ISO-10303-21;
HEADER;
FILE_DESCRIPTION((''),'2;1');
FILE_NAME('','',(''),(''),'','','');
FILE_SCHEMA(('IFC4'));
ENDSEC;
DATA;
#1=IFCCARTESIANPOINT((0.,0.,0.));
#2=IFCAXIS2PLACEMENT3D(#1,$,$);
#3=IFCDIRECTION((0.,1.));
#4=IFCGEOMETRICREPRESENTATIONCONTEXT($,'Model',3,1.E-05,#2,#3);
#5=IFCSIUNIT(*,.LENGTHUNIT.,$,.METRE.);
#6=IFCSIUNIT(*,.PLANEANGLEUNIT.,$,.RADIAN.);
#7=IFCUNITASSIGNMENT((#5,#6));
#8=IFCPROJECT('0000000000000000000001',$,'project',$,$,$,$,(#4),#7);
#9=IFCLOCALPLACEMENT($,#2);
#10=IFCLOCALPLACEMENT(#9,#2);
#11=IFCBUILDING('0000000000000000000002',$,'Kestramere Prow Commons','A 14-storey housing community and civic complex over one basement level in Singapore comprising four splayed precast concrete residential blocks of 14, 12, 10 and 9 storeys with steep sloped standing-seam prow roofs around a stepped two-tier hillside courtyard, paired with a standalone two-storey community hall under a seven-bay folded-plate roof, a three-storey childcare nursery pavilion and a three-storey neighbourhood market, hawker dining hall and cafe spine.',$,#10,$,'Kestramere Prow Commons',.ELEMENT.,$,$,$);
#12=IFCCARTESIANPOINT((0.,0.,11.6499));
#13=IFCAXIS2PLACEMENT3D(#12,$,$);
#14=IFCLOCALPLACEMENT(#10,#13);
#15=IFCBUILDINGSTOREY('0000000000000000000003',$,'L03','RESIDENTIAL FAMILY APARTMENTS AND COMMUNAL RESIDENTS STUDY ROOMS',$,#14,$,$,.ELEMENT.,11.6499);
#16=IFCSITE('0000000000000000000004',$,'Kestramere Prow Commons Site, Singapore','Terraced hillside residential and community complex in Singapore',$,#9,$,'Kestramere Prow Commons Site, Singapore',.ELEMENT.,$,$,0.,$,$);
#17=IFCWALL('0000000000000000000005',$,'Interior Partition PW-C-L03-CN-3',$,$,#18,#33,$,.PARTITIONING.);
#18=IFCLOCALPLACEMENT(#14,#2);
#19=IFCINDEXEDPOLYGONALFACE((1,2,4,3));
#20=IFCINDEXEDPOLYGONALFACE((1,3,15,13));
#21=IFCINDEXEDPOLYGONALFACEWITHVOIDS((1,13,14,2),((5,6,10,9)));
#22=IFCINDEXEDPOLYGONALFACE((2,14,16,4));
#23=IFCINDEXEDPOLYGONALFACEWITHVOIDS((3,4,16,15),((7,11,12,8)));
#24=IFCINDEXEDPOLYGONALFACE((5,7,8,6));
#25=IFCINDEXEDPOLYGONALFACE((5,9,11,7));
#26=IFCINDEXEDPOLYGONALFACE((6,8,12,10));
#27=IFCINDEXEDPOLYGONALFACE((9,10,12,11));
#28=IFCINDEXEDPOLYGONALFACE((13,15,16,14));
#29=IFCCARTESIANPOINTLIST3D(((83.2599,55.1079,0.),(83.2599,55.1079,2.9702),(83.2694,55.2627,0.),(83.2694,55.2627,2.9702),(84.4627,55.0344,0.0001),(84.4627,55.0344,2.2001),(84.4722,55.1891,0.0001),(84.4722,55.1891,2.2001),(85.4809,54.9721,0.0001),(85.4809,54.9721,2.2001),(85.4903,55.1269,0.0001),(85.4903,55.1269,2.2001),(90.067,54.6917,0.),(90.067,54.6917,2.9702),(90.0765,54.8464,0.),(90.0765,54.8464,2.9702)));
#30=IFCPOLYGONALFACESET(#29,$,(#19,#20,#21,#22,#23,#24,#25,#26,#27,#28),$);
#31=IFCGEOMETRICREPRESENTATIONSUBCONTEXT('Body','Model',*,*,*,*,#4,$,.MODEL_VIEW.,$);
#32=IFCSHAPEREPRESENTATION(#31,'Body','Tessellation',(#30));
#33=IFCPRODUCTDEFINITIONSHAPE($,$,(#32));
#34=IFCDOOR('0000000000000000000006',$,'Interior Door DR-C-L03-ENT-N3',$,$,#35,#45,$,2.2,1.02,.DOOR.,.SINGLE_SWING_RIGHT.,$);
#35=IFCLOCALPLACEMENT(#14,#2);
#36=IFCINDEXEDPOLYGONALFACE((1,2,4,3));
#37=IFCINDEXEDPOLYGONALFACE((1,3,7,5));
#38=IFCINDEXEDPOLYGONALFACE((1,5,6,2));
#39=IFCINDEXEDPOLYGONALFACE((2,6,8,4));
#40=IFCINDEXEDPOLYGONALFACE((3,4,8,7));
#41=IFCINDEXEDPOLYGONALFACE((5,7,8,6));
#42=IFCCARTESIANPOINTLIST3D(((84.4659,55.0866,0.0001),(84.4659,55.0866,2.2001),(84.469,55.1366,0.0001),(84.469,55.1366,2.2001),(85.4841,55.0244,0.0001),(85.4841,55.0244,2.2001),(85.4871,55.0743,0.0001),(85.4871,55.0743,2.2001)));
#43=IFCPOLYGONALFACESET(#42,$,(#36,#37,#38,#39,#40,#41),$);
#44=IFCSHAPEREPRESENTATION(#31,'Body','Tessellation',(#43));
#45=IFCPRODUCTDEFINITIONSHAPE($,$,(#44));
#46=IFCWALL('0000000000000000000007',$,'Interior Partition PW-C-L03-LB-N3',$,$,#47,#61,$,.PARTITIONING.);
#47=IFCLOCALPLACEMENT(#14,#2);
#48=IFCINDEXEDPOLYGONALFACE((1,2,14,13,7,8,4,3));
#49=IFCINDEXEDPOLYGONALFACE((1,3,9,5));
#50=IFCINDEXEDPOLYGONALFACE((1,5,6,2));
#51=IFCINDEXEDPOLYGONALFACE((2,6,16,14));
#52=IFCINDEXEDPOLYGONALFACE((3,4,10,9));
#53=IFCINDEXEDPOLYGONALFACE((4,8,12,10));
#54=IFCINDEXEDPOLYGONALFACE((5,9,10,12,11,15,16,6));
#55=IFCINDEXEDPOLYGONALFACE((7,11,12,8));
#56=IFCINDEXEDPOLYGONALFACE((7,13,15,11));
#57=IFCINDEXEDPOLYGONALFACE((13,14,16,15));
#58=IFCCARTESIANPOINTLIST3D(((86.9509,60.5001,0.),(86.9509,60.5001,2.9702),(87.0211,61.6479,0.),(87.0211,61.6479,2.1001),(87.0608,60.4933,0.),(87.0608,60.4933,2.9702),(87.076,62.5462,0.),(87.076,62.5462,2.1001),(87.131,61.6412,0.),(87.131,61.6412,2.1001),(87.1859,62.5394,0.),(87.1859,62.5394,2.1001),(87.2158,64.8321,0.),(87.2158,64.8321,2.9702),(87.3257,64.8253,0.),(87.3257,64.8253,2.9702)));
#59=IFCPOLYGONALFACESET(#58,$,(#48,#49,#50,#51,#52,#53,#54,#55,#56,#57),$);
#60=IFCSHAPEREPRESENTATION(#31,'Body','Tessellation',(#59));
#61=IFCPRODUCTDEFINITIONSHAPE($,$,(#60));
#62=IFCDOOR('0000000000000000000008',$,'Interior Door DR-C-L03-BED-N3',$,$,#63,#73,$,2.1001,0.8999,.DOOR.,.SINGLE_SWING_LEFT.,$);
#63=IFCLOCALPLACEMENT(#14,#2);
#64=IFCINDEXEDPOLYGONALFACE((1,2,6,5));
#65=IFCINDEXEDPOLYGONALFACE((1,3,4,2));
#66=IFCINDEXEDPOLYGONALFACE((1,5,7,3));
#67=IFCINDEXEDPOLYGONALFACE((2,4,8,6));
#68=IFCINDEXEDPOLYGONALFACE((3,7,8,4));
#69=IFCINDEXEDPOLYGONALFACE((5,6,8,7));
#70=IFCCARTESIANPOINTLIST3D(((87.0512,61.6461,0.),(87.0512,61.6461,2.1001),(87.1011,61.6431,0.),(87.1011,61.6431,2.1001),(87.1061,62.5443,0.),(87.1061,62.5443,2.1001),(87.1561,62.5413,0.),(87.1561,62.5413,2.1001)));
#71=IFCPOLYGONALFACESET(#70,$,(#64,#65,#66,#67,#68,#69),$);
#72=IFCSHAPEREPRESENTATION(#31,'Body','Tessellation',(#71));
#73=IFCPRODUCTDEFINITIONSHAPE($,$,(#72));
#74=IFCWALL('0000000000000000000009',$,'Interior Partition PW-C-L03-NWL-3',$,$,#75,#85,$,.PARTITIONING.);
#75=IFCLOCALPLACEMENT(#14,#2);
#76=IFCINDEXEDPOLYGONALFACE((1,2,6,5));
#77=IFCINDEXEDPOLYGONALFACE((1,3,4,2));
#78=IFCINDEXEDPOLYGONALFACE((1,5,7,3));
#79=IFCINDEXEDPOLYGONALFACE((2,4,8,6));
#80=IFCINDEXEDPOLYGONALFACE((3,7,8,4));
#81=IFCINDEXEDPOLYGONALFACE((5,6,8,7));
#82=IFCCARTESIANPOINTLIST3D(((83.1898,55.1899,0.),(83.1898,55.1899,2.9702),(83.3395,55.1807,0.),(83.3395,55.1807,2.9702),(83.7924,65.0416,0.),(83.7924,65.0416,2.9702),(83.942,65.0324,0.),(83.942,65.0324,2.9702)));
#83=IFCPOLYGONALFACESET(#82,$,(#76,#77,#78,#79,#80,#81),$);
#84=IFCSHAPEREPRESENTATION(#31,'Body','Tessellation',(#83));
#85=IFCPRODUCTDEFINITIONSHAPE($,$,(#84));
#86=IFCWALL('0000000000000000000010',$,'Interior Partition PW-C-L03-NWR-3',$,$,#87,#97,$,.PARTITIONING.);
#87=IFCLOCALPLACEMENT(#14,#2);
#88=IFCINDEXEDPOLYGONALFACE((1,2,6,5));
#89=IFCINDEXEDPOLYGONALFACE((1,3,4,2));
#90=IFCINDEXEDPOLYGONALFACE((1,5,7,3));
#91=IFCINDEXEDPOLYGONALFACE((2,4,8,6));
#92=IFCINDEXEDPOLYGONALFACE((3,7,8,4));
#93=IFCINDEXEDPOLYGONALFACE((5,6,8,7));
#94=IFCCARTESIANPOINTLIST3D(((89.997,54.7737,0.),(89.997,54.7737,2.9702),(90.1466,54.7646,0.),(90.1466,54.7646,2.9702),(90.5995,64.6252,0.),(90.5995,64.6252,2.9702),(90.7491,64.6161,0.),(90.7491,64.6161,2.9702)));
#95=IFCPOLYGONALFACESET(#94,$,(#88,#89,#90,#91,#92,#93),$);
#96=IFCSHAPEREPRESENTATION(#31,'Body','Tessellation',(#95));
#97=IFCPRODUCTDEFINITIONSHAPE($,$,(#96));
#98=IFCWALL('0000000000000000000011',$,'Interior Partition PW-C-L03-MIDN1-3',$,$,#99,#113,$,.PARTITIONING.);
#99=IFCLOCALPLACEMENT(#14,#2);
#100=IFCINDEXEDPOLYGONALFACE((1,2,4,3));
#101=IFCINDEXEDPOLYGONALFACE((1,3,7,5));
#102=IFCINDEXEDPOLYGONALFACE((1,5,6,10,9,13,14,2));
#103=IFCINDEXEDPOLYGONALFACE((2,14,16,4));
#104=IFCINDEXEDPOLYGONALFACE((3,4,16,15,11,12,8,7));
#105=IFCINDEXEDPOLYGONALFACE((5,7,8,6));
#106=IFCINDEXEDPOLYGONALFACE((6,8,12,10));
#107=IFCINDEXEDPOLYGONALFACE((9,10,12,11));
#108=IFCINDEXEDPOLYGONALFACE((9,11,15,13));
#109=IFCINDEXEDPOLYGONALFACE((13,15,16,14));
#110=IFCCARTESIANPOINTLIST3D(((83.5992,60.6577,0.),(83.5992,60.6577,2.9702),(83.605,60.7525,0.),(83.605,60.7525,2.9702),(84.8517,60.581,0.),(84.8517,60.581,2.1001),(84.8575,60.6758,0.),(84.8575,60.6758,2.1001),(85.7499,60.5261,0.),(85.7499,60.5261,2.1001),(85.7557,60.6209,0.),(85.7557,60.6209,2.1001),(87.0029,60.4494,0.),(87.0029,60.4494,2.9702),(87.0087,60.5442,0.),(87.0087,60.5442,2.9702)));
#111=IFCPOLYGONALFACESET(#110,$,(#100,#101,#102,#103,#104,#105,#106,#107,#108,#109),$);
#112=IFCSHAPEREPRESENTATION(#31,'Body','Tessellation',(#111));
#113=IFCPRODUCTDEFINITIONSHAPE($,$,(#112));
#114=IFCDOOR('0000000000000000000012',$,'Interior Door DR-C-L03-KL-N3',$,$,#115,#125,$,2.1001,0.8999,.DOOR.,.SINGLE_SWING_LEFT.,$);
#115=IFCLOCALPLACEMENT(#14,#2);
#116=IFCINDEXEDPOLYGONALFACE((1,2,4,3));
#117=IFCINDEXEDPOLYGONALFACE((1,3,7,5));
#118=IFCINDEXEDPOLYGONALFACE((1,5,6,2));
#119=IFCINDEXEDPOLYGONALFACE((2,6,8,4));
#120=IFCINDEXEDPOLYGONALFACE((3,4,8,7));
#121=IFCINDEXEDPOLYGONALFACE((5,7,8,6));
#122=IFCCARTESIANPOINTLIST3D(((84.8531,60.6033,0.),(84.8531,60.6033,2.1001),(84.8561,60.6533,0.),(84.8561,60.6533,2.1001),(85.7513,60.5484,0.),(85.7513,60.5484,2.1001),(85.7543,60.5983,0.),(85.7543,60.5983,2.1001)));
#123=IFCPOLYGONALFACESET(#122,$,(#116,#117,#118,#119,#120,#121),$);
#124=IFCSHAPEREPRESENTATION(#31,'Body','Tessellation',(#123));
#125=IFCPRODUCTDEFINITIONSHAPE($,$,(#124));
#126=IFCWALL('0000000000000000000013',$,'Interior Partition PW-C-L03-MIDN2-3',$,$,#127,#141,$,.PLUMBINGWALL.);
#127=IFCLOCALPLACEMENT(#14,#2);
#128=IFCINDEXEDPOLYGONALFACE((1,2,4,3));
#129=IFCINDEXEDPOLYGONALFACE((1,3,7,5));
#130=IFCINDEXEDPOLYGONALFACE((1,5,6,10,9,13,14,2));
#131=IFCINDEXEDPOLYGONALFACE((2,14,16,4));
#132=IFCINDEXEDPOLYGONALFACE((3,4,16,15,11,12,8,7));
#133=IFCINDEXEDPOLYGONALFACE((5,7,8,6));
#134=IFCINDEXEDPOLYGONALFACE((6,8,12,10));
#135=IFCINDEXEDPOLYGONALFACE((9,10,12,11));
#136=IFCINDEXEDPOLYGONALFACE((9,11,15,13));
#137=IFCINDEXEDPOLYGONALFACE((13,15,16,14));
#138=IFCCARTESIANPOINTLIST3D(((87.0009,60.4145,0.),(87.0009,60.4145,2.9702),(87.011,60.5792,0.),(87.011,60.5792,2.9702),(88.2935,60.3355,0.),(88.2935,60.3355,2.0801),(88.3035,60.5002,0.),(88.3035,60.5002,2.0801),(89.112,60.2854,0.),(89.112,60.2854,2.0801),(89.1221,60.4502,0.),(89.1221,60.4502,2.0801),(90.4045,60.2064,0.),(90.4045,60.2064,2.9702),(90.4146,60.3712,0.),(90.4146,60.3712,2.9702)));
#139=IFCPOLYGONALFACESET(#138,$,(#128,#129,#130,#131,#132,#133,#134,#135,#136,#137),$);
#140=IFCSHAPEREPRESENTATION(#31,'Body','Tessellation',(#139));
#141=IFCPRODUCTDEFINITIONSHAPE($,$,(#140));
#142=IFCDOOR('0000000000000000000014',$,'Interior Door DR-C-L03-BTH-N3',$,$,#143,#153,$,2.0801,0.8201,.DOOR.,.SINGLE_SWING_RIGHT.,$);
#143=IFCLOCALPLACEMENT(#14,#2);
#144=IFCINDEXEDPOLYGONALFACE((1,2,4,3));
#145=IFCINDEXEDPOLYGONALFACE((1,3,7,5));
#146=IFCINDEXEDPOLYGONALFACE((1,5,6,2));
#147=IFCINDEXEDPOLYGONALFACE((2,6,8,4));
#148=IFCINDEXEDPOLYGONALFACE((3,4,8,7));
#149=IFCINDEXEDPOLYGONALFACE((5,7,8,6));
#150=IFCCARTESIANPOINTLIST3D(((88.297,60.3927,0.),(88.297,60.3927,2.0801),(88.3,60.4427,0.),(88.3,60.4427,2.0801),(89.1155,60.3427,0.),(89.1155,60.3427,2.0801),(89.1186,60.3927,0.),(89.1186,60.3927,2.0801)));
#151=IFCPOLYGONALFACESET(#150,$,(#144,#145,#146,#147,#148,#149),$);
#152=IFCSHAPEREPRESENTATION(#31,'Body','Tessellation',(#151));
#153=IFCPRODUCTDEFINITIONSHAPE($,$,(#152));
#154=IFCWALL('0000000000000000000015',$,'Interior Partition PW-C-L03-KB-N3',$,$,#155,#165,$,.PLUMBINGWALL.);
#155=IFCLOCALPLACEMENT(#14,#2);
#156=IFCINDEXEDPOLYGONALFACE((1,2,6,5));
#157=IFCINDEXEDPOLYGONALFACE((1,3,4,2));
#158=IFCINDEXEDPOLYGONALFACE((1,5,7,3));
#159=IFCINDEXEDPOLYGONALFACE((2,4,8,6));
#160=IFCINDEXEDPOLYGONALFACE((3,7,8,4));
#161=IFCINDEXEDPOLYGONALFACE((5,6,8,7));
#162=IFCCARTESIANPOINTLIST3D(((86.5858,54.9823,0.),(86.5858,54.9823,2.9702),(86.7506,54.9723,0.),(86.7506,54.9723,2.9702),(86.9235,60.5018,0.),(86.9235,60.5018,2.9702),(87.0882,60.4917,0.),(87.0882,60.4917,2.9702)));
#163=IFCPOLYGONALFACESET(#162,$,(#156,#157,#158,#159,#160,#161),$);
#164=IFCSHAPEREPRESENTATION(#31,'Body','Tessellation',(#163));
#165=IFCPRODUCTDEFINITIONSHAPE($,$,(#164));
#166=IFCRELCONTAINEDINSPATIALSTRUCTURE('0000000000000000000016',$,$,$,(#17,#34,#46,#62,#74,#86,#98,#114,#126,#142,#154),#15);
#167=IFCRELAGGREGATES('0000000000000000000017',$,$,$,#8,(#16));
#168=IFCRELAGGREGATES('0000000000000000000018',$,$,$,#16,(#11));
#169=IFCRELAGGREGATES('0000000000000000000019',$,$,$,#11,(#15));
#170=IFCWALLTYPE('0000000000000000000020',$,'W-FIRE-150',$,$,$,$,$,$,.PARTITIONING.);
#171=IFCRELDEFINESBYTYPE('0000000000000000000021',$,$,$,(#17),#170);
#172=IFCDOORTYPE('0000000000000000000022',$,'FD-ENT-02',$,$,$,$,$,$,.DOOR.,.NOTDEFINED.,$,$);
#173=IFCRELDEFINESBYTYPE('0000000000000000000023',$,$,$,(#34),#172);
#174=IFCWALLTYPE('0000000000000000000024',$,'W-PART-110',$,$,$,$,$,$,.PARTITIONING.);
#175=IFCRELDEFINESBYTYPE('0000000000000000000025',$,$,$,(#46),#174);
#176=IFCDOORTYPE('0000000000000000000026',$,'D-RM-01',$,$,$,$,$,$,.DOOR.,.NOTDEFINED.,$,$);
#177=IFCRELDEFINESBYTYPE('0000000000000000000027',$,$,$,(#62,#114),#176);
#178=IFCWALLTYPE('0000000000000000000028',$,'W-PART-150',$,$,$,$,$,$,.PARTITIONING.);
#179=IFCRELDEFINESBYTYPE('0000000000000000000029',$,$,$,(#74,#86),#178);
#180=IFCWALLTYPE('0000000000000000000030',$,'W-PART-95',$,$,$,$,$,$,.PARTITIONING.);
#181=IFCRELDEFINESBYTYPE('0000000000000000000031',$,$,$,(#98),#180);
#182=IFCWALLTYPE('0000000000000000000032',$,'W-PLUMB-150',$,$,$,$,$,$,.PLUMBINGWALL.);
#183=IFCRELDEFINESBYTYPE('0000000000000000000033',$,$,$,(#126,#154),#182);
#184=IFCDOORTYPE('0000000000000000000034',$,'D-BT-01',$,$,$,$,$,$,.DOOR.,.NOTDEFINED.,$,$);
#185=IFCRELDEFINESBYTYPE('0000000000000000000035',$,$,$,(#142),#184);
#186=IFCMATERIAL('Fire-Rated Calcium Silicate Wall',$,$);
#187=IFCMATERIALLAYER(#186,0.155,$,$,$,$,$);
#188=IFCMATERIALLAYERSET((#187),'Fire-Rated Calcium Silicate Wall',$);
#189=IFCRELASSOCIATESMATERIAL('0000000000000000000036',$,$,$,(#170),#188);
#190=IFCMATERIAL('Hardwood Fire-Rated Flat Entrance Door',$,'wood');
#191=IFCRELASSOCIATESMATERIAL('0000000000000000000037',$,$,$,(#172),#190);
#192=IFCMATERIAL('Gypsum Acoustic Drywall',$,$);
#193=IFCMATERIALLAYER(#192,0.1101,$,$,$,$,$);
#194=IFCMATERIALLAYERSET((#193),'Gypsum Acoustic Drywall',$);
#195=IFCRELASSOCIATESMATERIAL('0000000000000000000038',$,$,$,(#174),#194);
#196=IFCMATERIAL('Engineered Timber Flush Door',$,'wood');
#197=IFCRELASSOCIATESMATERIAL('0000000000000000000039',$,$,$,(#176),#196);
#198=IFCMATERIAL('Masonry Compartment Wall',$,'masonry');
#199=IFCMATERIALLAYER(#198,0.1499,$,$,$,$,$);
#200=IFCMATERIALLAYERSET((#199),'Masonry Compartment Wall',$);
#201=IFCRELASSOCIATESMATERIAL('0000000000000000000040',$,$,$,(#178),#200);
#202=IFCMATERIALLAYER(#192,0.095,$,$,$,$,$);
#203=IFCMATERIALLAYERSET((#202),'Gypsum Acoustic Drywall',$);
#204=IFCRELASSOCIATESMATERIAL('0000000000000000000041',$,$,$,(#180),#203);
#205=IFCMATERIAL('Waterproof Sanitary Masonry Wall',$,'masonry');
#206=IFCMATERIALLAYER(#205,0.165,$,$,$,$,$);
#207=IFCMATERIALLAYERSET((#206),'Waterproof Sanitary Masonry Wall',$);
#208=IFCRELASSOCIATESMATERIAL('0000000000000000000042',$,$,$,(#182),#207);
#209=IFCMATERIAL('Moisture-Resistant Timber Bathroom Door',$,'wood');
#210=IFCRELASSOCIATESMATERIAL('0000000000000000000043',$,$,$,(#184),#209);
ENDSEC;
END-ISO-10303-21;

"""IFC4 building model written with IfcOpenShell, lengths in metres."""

from ifc_helpers import new_model, si_unit, direction, frame, frame_2d, origin, place, context, subcontext, project, spatial, rectangle, extrude, material, layer, layer_set, type_object, element, fill, save


model = new_model("IFC4")

# Units and contexts
model_context = context("Model", 3, precision=1e-05, world=origin(), true_north=direction((0.0, 1.0)))
body_context = subcontext(model_context, "Body", "Model", "MODEL_VIEW")
ifc_project = project(units=[si_unit("LENGTHUNIT", "METRE"), si_unit("PLANEANGLEUNIT", "RADIAN")], contexts=[model_context])

# Site, building, storey
site_placement = place(None, origin())
site = spatial("IfcSite", under=ifc_project, at=site_placement, Name="Kestramere Prow Commons Site, Singapore", Description="Terraced hillside residential and community complex in Singapore", LongName="Kestramere Prow Commons Site, Singapore", CompositionType="ELEMENT", RefElevation=0.0)
building_placement = place(site_placement, origin())
building = spatial("IfcBuilding", under=site, at=building_placement, Name="Kestramere Prow Commons", Description="A 14-storey housing community and civic complex over one basement level in Singapore comprising four splayed precast concrete residential blocks of 14, 12, 10 and 9 storeys with steep sloped standing-seam prow roofs around a stepped two-tier hillside courtyard, paired with a standalone two-storey community hall under a seven-bay folded-plate roof, a three-storey childcare nursery pavilion and a three-storey neighbourhood market, hawker dining hall and cafe spine.", LongName="Kestramere Prow Commons", CompositionType="ELEMENT")
storey_placement = place(building_placement, frame((0.0, 0.0, 11.6499)))
storey = spatial("IfcBuildingStorey", under=building, at=storey_placement, Name="L03", Description="RESIDENTIAL FAMILY APARTMENTS AND COMMUNAL RESIDENTS STUDY ROOMS", CompositionType="ELEMENT", Elevation=11.6499)

# Walls, openings, doors
ifc_material_1 = material(Name="Fire-Rated Calcium Silicate Wall")
ifc_layer_1 = layer(ifc_material_1, 0.155)
ifc_layer_set_1 = layer_set([ifc_layer_1], Name="Fire-Rated Calcium Silicate Wall")
wall_type_1 = type_object("IfcWallType", Name="W-FIRE-150", PredefinedType="PARTITIONING", material=ifc_layer_set_1)
wall_1_placement = place(storey_placement, frame((83.2646, 55.1853, 0.0), z_axis=(0.0, 0.0, 1.0), x_axis=(0.998136, -0.061037, 0.0)))
wall_1 = element("IfcWall", 1, at=wall_1_placement, inside=storey, type_object=wall_type_1, Name="Interior Partition PW-C-L03-CN-3", PredefinedType="PARTITIONING", context=body_context, shape_type="SweptSolid", body=[
    extrude(rectangle(XDim=6.8198, YDim=0.155, at=frame_2d((3.4099, 0.0))), origin(), (0.0, 0.0, 1.0), 2.9702),
])
opening_1_placement = place(wall_1_placement, frame((1.2051, 0.0, 0.0)))
opening_1 = element("IfcOpeningElement", 2, at=opening_1_placement, cuts=wall_1, PredefinedType="OPENING", context=body_context, shape_type="SweptSolid", body=[
    extrude(rectangle(XDim=1.02, YDim=2.2, at=frame_2d((0.51, 1.1001))), frame((0.0, 0.0925, 0.0), z_axis=(0.0, -1.0, 0.0), x_axis=(1.0, 0.0, 0.0)), (0.0, 0.0, 1.0), 0.1851),
])
ifc_material_2 = material(Name="Hardwood Fire-Rated Flat Entrance Door", Category="wood")
door_type_1 = type_object("IfcDoorType", Name="FD-ENT-02", OperationType="NOTDEFINED", PredefinedType="DOOR", material=ifc_material_2)
door_1_placement = place(opening_1_placement, origin())
door_1 = element("IfcDoor", 3, at=door_1_placement, inside=storey, type_object=door_type_1, Name="Interior Door DR-C-L03-ENT-N3", OperationType="SINGLE_SWING_RIGHT", OverallHeight=2.2, OverallWidth=1.02, PredefinedType="DOOR", context=body_context, shape_type="SweptSolid", body=[
    extrude(rectangle(XDim=1.02, YDim=2.2, at=frame_2d((0.51, 1.1001))), frame((0.0, 0.0249, 0.0), z_axis=(0.0, -1.0, 0.0), x_axis=(1.0, 0.0, 0.0)), (0.0, 0.0, 1.0), 0.05),
])
fill(opening_1, door_1)
ifc_material_3 = material(Name="Gypsum Acoustic Drywall")
ifc_layer_2 = layer(ifc_material_3, 0.1101)
ifc_layer_set_2 = layer_set([ifc_layer_2], Name="Gypsum Acoustic Drywall")
wall_type_2 = type_object("IfcWallType", Name="W-PART-110", PredefinedType="PARTITIONING", material=ifc_layer_set_2)
wall_2_placement = place(storey_placement, frame((87.0059, 60.4968, 0.0), z_axis=(0.0, 0.0, 1.0), x_axis=(0.061033, 0.998136, 0.0)))
wall_2 = element("IfcWall", 4, at=wall_2_placement, inside=storey, type_object=wall_type_2, Name="Interior Partition PW-C-L03-LB-N3", PredefinedType="PARTITIONING", context=body_context, shape_type="SweptSolid", body=[
    extrude(rectangle(XDim=4.3401, YDim=0.1101, at=frame_2d((2.1699, 0.0))), origin(), (0.0, 0.0, 1.0), 2.9702),
])
opening_2_placement = place(wall_2_placement, frame((1.1499, 0.0, 0.0)))
opening_2 = element("IfcOpeningElement", 5, at=opening_2_placement, cuts=wall_2, PredefinedType="OPENING", context=body_context, shape_type="SweptSolid", body=[
    extrude(rectangle(XDim=0.8999, YDim=2.1001, at=frame_2d((0.45, 1.05))), frame((0.0, 0.0701, 0.0), z_axis=(0.0, -1.0, 0.0), x_axis=(1.0, 0.0, 0.0)), (0.0, 0.0, 1.0), 0.1401),
])
ifc_material_4 = material(Name="Engineered Timber Flush Door", Category="wood")
door_type_2 = type_object("IfcDoorType", Name="D-RM-01", OperationType="NOTDEFINED", PredefinedType="DOOR", material=ifc_material_4)
door_2_placement = place(opening_2_placement, origin())
door_2 = element("IfcDoor", 6, at=door_2_placement, inside=storey, type_object=door_type_2, Name="Interior Door DR-C-L03-BED-N3", OperationType="SINGLE_SWING_LEFT", OverallHeight=2.1001, OverallWidth=0.8999, PredefinedType="DOOR", context=body_context, shape_type="SweptSolid", body=[
    extrude(rectangle(XDim=0.8999, YDim=2.1001, at=frame_2d((0.45, 1.05))), frame((0.0, 0.0249, 0.0), z_axis=(0.0, -1.0, 0.0), x_axis=(1.0, 0.0, 0.0)), (0.0, 0.0, 1.0), 0.05),
])
fill(opening_2, door_2)

# Walls
ifc_material_5 = material(Name="Masonry Compartment Wall", Category="masonry")
ifc_layer_3 = layer(ifc_material_5, 0.1499)
ifc_layer_set_3 = layer_set([ifc_layer_3], Name="Masonry Compartment Wall")
wall_type_3 = type_object("IfcWallType", Name="W-PART-150", PredefinedType="PARTITIONING", material=ifc_layer_set_3)
wall_3_placement = place(storey_placement, frame((83.2646, 55.1853, 0.0), z_axis=(0.0, 0.0, 1.0), x_axis=(0.061046, 0.998135, 0.0)))
element("IfcWall", 7, at=wall_3_placement, inside=storey, type_object=wall_type_3, Name="Interior Partition PW-C-L03-NWL-3", PredefinedType="PARTITIONING", context=body_context, shape_type="SweptSolid", body=[
    extrude(rectangle(XDim=9.8701, YDim=0.1499, at=frame_2d((4.9351, 0.0))), origin(), (0.0, 0.0, 1.0), 2.9702),
])
wall_4_placement = place(storey_placement, frame((90.0718, 54.769, 0.0), z_axis=(0.0, 0.0, 1.0), x_axis=(0.061048, 0.998135, 0.0)))
element("IfcWall", 8, at=wall_4_placement, inside=storey, type_object=wall_type_3, Name="Interior Partition PW-C-L03-NWR-3", PredefinedType="PARTITIONING", context=body_context, shape_type="SweptSolid", body=[
    extrude(rectangle(XDim=9.8699, YDim=0.1499, at=frame_2d((4.9351, 0.0))), origin(), (0.0, 0.0, 1.0), 2.9702),
])

# Walls, openings, doors
ifc_layer_4 = layer(ifc_material_3, 0.095)
ifc_layer_set_4 = layer_set([ifc_layer_4], Name="Gypsum Acoustic Drywall")
wall_type_4 = type_object("IfcWallType", Name="W-PART-95", PredefinedType="PARTITIONING", material=ifc_layer_set_4)
wall_5_placement = place(storey_placement, frame((83.6021, 60.7051, 0.0), z_axis=(0.0, 0.0, 1.0), x_axis=(0.998134, -0.061068, 0.0)))
wall_5 = element("IfcWall", 9, at=wall_5_placement, inside=storey, type_object=wall_type_4, Name="Interior Partition PW-C-L03-MIDN1-3", PredefinedType="PARTITIONING", context=body_context, shape_type="SweptSolid", body=[
    extrude(rectangle(XDim=3.4102, YDim=0.095, at=frame_2d((1.7051, 0.0))), origin(), (0.0, 0.0, 1.0), 2.9702),
])
opening_3_placement = place(wall_5_placement, frame((1.2549, 0.0, 0.0)))
opening_3 = element("IfcOpeningElement", 10, at=opening_3_placement, cuts=wall_5, PredefinedType="OPENING", context=body_context, shape_type="SweptSolid", body=[
    extrude(rectangle(XDim=0.8999, YDim=2.1001, at=frame_2d((0.45, 1.05))), frame((0.0, 0.0625, 0.0), z_axis=(0.0, -1.0, 0.0), x_axis=(1.0, 0.0, 0.0)), (0.0, 0.0, 1.0), 0.125),
])
door_3_placement = place(opening_3_placement, origin())
door_3 = element("IfcDoor", 11, at=door_3_placement, inside=storey, type_object=door_type_2, Name="Interior Door DR-C-L03-KL-N3", OperationType="SINGLE_SWING_LEFT", OverallHeight=2.1001, OverallWidth=0.8999, PredefinedType="DOOR", context=body_context, shape_type="SweptSolid", body=[
    extrude(rectangle(XDim=0.8999, YDim=2.1001, at=frame_2d((0.45, 1.05))), frame((0.0, 0.0249, 0.0), z_axis=(0.0, -1.0, 0.0), x_axis=(1.0, 0.0, 0.0)), (0.0, 0.0, 1.0), 0.05),
])
fill(opening_3, door_3)
ifc_material_6 = material(Name="Waterproof Sanitary Masonry Wall", Category="masonry")
ifc_layer_5 = layer(ifc_material_6, 0.165)
ifc_layer_set_5 = layer_set([ifc_layer_5], Name="Waterproof Sanitary Masonry Wall")
wall_type_5 = type_object("IfcWallType", Name="W-PLUMB-150", PredefinedType="PLUMBINGWALL", material=ifc_layer_set_5)
wall_6_placement = place(storey_placement, frame((87.0059, 60.4968, 0.0), z_axis=(0.0, 0.0, 1.0), x_axis=(0.998138, -0.061001, 0.0)))
wall_6 = element("IfcWall", 12, at=wall_6_placement, inside=storey, type_object=wall_type_5, Name="Interior Partition PW-C-L03-MIDN2-3", PredefinedType="PLUMBINGWALL", context=body_context, shape_type="SweptSolid", body=[
    extrude(rectangle(XDim=3.4099, YDim=0.165, at=frame_2d((1.7051, 0.0))), origin(), (0.0, 0.0, 1.0), 2.9702),
])
opening_4_placement = place(wall_6_placement, frame((1.2949, 0.0, 0.0)))
opening_4 = element("IfcOpeningElement", 13, at=opening_4_placement, cuts=wall_6, PredefinedType="OPENING", context=body_context, shape_type="SweptSolid", body=[
    extrude(rectangle(XDim=0.8201, YDim=2.0801, at=frame_2d((0.4102, 1.04))), frame((0.0, 0.0974, 0.0), z_axis=(0.0, -1.0, 0.0), x_axis=(1.0, 0.0, 0.0)), (0.0, 0.0, 1.0), 0.1951),
])
ifc_material_7 = material(Name="Moisture-Resistant Timber Bathroom Door", Category="wood")
door_type_3 = type_object("IfcDoorType", Name="D-BT-01", OperationType="NOTDEFINED", PredefinedType="DOOR", material=ifc_material_7)
door_4_placement = place(opening_4_placement, origin())
door_4 = element("IfcDoor", 14, at=door_4_placement, inside=storey, type_object=door_type_3, Name="Interior Door DR-C-L03-BTH-N3", OperationType="SINGLE_SWING_RIGHT", OverallHeight=2.0801, OverallWidth=0.8201, PredefinedType="DOOR", context=body_context, shape_type="SweptSolid", body=[
    extrude(rectangle(XDim=0.8201, YDim=2.0801, at=frame_2d((0.4102, 1.04))), frame((0.0, 0.0249, 0.0), z_axis=(0.0, -1.0, 0.0), x_axis=(1.0, 0.0, 0.0)), (0.0, 0.0, 1.0), 0.05),
])
fill(opening_4, door_4)

# Wall
wall_7_placement = place(storey_placement, frame((86.6682, 54.9773, 0.0), z_axis=(0.0, 0.0, 1.0), x_axis=(0.061059, 0.998134, 0.0)))
element("IfcWall", 15, at=wall_7_placement, inside=storey, type_object=wall_type_5, Name="Interior Partition PW-C-L03-KB-N3", PredefinedType="PLUMBINGWALL", context=body_context, shape_type="SweptSolid", body=[
    extrude(rectangle(XDim=5.5298, YDim=0.165, at=frame_2d((2.7649, 0.0))), origin(), (0.0, 0.0, 1.0), 2.9702),
])

save(model, "model.ifc")
